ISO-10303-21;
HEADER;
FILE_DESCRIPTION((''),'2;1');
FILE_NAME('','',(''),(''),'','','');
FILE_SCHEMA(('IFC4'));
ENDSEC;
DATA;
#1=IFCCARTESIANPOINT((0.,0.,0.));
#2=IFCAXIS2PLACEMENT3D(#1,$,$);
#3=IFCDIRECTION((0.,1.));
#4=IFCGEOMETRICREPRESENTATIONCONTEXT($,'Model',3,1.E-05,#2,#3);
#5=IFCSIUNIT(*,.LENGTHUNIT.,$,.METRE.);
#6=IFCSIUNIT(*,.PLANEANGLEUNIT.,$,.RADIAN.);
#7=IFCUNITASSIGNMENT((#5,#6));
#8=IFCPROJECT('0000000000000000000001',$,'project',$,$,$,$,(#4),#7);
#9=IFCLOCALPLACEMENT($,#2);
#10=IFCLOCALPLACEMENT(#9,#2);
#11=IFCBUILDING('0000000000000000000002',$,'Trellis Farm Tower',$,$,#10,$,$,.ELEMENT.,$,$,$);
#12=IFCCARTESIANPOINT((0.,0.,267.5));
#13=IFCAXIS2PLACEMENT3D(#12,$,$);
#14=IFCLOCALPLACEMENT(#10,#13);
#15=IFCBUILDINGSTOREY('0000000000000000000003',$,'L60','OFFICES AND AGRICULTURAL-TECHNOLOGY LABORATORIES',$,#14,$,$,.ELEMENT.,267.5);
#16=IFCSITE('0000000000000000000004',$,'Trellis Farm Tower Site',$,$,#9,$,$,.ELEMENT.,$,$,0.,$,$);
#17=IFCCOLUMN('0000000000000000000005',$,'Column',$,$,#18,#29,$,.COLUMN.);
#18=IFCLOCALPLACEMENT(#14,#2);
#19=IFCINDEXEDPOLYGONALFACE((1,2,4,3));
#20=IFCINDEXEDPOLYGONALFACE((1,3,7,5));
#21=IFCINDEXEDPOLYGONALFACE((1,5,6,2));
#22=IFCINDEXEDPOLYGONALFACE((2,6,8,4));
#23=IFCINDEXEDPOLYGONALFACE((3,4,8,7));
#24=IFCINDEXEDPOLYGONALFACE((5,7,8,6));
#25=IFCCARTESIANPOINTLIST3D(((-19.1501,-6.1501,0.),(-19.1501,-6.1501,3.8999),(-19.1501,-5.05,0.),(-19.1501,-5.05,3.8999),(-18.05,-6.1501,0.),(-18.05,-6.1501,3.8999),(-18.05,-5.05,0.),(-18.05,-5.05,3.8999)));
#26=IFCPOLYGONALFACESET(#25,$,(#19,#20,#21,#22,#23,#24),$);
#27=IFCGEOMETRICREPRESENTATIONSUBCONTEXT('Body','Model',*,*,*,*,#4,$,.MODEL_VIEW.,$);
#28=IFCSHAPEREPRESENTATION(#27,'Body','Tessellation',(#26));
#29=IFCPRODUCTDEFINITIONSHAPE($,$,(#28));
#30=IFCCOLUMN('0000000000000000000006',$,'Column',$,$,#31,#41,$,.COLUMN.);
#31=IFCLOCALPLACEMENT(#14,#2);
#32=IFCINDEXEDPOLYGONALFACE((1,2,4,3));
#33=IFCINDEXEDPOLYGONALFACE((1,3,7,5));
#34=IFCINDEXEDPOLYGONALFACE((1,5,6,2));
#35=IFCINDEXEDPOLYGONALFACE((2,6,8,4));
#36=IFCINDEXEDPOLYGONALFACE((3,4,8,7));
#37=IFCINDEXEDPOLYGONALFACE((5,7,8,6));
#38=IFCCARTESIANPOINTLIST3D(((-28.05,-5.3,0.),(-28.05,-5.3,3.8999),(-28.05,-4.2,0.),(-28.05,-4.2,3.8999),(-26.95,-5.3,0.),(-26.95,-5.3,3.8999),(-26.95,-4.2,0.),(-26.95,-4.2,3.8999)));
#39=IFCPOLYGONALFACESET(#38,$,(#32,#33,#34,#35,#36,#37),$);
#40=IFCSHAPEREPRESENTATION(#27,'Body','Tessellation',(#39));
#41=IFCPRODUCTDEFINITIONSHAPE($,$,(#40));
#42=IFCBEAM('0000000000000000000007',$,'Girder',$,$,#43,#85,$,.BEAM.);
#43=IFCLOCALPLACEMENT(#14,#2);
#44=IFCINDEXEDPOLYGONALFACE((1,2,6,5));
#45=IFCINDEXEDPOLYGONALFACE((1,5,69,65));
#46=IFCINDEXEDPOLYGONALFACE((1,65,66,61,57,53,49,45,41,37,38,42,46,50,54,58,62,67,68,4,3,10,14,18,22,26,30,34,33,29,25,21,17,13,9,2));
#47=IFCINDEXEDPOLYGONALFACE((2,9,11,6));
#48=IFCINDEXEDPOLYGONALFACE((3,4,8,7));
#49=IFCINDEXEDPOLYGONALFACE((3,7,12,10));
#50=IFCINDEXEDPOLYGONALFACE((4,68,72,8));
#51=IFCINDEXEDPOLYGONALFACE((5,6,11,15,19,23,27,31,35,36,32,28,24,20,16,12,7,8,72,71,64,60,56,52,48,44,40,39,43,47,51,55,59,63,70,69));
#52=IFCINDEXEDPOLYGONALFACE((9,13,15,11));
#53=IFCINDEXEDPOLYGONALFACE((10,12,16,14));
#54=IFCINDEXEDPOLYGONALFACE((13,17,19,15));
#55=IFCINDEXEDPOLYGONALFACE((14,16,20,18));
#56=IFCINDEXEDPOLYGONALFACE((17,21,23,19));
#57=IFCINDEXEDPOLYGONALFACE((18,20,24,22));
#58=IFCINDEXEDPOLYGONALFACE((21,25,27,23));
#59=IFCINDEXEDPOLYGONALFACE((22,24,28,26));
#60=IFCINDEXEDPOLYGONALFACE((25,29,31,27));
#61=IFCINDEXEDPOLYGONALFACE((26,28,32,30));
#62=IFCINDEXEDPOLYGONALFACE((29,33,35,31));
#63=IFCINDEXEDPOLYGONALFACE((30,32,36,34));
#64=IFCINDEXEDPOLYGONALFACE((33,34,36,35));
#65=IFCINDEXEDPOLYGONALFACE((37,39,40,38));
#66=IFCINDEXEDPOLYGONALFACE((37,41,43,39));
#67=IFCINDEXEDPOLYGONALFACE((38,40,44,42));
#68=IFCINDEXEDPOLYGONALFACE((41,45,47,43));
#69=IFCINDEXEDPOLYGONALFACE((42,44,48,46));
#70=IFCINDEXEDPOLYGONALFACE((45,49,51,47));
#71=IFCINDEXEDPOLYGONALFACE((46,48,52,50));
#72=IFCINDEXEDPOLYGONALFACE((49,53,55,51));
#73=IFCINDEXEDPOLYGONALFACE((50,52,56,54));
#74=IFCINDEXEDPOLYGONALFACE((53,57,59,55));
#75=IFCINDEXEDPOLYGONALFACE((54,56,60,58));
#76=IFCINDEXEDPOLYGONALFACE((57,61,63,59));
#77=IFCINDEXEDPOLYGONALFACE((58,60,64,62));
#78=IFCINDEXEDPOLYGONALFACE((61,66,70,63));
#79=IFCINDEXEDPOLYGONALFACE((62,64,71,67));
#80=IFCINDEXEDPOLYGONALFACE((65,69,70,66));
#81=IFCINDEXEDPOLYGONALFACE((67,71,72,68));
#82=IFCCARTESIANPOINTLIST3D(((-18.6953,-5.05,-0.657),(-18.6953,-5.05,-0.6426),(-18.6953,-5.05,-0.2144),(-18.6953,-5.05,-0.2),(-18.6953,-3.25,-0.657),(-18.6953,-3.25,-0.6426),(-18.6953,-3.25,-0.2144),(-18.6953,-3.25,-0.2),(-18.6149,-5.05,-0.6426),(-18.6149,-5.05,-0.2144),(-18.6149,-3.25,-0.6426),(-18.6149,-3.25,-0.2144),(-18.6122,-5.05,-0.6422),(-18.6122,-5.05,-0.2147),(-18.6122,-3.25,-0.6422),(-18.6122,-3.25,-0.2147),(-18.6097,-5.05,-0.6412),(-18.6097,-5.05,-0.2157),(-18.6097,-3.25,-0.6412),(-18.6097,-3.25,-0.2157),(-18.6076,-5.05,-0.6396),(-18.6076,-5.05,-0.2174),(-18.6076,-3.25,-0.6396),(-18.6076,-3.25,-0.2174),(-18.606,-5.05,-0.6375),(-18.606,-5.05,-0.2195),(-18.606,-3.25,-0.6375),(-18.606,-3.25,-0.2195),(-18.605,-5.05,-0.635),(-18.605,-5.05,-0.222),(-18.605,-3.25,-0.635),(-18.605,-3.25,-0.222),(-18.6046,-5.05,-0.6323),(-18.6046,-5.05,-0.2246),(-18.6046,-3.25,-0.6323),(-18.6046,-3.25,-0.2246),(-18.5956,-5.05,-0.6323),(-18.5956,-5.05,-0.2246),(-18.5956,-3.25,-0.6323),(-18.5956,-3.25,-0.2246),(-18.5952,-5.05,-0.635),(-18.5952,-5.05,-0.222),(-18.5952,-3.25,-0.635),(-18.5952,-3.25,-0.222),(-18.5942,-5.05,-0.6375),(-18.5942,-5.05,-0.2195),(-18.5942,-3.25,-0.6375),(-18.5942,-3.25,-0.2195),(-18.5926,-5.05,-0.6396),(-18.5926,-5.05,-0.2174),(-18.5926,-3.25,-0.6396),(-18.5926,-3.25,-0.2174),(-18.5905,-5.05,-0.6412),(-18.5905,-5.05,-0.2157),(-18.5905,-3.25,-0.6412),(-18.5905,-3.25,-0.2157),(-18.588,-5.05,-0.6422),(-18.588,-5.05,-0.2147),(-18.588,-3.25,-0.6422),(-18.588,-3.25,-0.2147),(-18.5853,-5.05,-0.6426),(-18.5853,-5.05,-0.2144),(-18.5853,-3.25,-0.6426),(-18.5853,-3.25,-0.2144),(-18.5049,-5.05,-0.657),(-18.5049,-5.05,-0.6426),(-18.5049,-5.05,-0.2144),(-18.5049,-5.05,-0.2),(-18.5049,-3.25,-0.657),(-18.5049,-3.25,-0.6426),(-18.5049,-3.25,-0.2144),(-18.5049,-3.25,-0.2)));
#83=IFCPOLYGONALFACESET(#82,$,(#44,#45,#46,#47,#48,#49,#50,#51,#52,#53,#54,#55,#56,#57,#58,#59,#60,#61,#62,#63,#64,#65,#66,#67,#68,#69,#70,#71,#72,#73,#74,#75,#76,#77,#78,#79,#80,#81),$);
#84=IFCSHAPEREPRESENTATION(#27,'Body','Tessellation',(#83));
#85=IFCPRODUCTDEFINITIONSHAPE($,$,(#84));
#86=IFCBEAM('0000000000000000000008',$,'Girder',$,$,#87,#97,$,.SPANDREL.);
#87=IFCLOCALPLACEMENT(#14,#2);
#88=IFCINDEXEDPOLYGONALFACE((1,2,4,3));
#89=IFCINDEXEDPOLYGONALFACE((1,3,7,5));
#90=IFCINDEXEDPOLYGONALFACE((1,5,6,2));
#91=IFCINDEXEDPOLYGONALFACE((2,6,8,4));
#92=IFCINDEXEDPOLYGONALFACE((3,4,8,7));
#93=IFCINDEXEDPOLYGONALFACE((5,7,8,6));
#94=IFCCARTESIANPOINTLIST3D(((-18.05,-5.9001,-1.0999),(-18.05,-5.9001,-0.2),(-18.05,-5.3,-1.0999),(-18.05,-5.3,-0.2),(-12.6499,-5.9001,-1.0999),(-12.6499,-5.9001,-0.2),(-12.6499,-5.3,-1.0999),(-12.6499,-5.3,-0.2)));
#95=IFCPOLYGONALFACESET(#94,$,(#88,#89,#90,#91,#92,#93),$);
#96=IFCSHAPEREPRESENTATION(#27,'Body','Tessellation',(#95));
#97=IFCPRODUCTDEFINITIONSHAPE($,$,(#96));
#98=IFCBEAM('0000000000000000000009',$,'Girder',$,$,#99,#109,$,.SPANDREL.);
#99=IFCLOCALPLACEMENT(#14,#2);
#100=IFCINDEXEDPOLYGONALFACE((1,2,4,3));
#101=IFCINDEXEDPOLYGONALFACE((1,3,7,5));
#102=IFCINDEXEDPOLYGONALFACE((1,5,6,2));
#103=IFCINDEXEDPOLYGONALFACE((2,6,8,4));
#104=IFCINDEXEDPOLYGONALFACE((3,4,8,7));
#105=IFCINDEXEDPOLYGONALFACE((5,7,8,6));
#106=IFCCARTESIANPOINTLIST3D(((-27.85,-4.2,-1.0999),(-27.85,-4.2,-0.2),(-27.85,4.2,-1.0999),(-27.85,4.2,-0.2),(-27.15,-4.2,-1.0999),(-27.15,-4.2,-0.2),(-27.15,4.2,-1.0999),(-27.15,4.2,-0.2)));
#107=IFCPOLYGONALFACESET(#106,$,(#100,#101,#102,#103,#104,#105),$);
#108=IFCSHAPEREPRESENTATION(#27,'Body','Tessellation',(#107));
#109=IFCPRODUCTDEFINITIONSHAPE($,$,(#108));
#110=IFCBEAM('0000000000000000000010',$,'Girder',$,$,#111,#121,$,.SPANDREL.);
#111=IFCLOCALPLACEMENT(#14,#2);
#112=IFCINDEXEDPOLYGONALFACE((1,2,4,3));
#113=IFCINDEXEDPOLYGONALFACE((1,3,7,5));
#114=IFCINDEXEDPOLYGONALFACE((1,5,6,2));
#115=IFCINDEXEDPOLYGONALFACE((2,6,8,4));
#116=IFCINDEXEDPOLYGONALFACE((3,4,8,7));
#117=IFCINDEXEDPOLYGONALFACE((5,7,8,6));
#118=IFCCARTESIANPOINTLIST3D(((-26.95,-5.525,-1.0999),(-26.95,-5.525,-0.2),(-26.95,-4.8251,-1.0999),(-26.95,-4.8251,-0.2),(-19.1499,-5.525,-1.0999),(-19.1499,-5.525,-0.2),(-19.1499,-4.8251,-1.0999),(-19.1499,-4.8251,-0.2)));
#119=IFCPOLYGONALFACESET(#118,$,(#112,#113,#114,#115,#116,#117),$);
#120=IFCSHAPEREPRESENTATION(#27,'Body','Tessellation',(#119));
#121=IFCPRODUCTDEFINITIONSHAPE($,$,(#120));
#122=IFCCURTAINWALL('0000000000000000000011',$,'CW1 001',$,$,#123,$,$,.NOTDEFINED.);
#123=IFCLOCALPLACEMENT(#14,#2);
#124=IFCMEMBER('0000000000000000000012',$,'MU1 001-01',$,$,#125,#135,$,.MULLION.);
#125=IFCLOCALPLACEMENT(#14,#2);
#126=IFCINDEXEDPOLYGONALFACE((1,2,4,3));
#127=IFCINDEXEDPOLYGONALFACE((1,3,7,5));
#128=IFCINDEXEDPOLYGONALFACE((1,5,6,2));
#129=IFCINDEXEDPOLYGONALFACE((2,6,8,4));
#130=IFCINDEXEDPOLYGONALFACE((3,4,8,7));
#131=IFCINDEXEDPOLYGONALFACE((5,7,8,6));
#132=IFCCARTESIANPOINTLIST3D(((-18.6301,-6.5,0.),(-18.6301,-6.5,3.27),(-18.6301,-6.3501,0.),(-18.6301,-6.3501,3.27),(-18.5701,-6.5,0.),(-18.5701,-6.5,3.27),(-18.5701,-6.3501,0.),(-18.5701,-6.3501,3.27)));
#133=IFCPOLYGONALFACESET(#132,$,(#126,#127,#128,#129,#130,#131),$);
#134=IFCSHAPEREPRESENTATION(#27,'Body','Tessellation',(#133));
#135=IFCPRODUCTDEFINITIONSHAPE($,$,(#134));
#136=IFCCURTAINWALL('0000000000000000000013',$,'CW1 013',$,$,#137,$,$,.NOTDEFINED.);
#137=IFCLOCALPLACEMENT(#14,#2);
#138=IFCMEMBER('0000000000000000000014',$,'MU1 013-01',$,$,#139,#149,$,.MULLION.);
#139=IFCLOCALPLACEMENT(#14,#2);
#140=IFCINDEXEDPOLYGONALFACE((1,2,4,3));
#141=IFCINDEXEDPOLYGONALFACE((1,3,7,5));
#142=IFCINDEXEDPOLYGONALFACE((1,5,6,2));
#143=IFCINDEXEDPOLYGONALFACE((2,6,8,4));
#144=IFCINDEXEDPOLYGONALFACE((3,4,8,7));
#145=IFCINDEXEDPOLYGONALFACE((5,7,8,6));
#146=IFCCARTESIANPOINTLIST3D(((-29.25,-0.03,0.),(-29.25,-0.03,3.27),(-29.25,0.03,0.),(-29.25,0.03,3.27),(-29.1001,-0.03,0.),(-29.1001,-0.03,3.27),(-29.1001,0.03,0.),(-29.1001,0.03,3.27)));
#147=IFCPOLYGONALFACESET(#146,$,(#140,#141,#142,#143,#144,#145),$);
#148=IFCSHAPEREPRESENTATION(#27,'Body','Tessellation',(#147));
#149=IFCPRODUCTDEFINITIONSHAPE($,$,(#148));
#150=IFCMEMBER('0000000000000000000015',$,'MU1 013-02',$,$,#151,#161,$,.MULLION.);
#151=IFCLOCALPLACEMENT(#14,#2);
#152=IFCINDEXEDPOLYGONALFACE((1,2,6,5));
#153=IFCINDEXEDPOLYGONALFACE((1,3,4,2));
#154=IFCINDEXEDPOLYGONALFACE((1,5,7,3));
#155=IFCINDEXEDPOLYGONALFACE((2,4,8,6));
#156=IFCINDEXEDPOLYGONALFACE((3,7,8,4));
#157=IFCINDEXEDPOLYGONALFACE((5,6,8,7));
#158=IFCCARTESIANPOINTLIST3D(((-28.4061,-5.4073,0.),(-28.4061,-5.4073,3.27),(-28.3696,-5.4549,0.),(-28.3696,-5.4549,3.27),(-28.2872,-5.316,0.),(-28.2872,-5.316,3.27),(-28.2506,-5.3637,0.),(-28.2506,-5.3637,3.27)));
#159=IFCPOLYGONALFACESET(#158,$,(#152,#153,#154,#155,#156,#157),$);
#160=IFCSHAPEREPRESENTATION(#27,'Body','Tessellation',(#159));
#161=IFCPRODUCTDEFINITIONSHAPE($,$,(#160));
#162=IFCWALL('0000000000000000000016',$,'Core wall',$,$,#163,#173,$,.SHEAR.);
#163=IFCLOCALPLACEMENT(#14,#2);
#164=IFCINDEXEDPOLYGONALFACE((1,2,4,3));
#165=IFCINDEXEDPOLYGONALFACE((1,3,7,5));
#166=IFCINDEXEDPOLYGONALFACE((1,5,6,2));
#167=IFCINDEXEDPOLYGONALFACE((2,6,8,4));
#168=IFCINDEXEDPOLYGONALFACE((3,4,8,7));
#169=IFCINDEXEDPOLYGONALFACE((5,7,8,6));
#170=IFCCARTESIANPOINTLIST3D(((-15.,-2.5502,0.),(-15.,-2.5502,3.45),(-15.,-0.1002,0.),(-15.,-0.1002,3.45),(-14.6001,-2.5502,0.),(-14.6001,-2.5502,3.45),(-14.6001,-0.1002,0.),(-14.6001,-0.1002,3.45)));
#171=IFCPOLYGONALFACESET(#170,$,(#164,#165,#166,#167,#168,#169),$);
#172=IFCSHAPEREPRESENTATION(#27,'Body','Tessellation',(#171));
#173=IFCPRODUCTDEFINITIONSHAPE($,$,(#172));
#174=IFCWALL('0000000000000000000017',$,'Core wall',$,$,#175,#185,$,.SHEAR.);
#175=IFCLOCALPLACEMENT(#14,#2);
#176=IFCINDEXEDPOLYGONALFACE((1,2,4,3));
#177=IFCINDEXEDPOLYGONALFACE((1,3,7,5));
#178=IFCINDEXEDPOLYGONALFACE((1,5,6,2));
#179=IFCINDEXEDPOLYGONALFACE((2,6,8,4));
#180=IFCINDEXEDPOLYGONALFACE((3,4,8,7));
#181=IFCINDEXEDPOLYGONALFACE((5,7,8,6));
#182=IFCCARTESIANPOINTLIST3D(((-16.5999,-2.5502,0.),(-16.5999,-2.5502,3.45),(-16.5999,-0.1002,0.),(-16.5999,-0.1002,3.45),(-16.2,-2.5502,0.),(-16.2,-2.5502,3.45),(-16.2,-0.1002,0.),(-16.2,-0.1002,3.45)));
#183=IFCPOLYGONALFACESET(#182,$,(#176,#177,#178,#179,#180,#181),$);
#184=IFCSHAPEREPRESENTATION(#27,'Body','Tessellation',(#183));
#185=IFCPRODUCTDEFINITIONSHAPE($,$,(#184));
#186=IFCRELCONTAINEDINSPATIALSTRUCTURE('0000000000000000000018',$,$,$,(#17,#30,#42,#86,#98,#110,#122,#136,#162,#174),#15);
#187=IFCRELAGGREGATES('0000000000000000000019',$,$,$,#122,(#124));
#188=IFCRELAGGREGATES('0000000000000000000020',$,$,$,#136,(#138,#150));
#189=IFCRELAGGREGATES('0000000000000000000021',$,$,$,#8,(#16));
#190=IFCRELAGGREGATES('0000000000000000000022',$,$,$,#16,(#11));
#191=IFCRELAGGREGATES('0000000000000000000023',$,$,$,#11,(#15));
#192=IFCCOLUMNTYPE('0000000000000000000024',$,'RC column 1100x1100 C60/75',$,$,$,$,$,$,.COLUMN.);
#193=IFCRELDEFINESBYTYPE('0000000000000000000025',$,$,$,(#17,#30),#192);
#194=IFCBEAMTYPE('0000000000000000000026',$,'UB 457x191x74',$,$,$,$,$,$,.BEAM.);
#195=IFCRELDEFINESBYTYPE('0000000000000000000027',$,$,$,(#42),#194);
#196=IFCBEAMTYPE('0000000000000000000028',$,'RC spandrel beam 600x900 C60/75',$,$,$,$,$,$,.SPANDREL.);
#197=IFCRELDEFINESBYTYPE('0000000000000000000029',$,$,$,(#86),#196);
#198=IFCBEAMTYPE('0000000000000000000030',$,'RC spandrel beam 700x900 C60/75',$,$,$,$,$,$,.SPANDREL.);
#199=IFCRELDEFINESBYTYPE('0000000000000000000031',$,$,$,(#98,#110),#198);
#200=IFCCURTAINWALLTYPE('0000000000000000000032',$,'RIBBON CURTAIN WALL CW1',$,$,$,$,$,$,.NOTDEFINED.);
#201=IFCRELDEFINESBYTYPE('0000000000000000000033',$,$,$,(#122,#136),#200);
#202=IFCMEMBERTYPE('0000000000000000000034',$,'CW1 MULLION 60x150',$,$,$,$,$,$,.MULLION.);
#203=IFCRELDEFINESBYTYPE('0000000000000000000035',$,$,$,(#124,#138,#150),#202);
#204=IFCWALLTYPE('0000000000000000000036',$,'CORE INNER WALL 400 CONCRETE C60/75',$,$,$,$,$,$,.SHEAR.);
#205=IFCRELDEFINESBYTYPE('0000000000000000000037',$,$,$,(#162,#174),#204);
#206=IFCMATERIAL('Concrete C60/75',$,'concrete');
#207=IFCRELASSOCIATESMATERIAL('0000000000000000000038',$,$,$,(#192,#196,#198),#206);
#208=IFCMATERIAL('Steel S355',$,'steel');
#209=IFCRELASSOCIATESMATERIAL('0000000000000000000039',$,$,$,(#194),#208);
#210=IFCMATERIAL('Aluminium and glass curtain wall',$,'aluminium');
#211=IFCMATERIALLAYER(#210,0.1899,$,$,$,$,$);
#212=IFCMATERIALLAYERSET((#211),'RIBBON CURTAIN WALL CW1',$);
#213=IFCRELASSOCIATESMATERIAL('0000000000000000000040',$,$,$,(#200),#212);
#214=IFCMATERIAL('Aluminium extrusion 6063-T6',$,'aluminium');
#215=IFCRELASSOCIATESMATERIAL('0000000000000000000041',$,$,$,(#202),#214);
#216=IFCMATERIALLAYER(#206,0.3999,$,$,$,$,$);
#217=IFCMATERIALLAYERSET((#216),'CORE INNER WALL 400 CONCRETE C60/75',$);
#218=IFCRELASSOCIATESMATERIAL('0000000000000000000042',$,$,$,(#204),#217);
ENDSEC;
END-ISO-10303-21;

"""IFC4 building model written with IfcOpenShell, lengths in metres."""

from ifc_helpers import new_model, si_unit, direction, frame, frame_2d, origin, origin_2d, place, context, subcontext, project, spatial, rectangle, i_section, extrude, source, transform, mapped, material, layer, layer_set, material_profile, profile_set, type_object, element, aggregate, save


model = new_model("IFC4")

# Units and contexts
model_context = context("Model", 3, precision=1e-05, world=origin(), true_north=direction((0.0, 1.0)))
body_context = subcontext(model_context, "Body", "Model", "MODEL_VIEW")
ifc_project = project(units=[si_unit("LENGTHUNIT", "METRE"), si_unit("PLANEANGLEUNIT", "RADIAN")], contexts=[model_context])

# Site, building, storey
site_placement = place(None, origin())
site = spatial("IfcSite", under=ifc_project, at=site_placement, Name="Trellis Farm Tower Site", CompositionType="ELEMENT", RefElevation=0.0)
building_placement = place(site_placement, origin())
building = spatial("IfcBuilding", under=site, at=building_placement, Name="Trellis Farm Tower", CompositionType="ELEMENT")
storey_placement = place(building_placement, frame((0.0, 0.0, 267.5)))
storey = spatial("IfcBuildingStorey", under=building, at=storey_placement, Name="L60", Description="OFFICES AND AGRICULTURAL-TECHNOLOGY LABORATORIES", CompositionType="ELEMENT", Elevation=267.5)

# Columns
ifc_material_1 = material(Name="Concrete C60/75", Category="concrete")
ifc_material_profile_1 = material_profile(ifc_material_1, rectangle(XDim=1.1001, YDim=1.1001, at=origin_2d()), Name="RC column 1100x1100 C60/75")
ifc_profile_set_1 = profile_set([ifc_material_profile_1], Name="Concrete C60/75")
column_type = type_object("IfcColumnType", Name="RC column 1100x1100 C60/75", PredefinedType="COLUMN", material=ifc_profile_set_1)
shared_shape_1 = source(origin(), body_context, "Body", "SweptSolid", [
    extrude(rectangle(XDim=1.1001, YDim=1.1001, at=origin_2d()), origin(), (0.0, 0.0, 1.0), 3.8999),
])
for number, where, z_axis, x_axis, name in (
    (1, (-18.6001, -5.6001, 0.0), (0.0, 0.0, 1.0), (1.0, 0.0, 0.0), "Column"),
    (2, (-27.5, -4.75, 0.0), (0.0, 0.0, 1.0), (1.0, 0.0, 0.0), "Column"),
):
    element("IfcColumn", number, at=place(storey_placement, frame(where, z_axis=z_axis, x_axis=x_axis)), inside=storey, type_object=column_type, Name=name, PredefinedType="COLUMN", context=body_context, shape_type="MappedRepresentation", body=[
        mapped(shared_shape_1, transform((0.0, 0.0, 0.0))),
    ])

# Beams
ifc_material_2 = material(Name="Steel S355", Category="steel")
ifc_material_profile_2 = material_profile(ifc_material_2, i_section(OverallWidth=0.1904, OverallDepth=0.457, WebThickness=0.009, FlangeThickness=0.0144, FilletRadius=0.0103, at=origin_2d()), Name="UB 457x191x74")
ifc_profile_set_2 = profile_set([ifc_material_profile_2], Name="Steel S355")
beam_type_1 = type_object("IfcBeamType", Name="UB 457x191x74", PredefinedType="BEAM", material=ifc_profile_set_2)
shared_shape_2 = source(origin(), body_context, "Body", "SweptSolid", [
    extrude(i_section(OverallWidth=0.1904, OverallDepth=0.457, WebThickness=0.009, FlangeThickness=0.0144, FilletRadius=0.0103, at=origin_2d()), origin(), (0.0, 0.0, 1.0), 1.8),
])
beam_1_placement = place(storey_placement, frame((-18.6001, -5.05, -0.4285), z_axis=(0.0, 1.0, 0.0), x_axis=(-1.0, 0.0, 0.0)))
element("IfcBeam", 3, at=beam_1_placement, inside=storey, type_object=beam_type_1, Name="Girder", PredefinedType="BEAM", context=body_context, shape_type="MappedRepresentation", body=[
    mapped(shared_shape_2, transform((0.0, 0.0, 0.0))),
])
ifc_material_profile_3 = material_profile(ifc_material_1, rectangle(XDim=0.6001, YDim=0.8999, at=origin_2d()), Name="RC spandrel beam 600x900 C60/75")
ifc_profile_set_3 = profile_set([ifc_material_profile_3], Name="Concrete C60/75")
beam_type_2 = type_object("IfcBeamType", Name="RC spandrel beam 600x900 C60/75", PredefinedType="SPANDREL", material=ifc_profile_set_3)
shared_shape_3 = source(origin(), body_context, "Body", "SweptSolid", [
    extrude(rectangle(XDim=0.6001, YDim=0.8999, at=origin_2d()), origin(), (0.0, 0.0, 1.0), 5.4001),
])
beam_2_placement = place(storey_placement, frame((-18.05, -5.6001, -0.6499), z_axis=(1.0, 0.0, 0.0), x_axis=(0.0, 1.0, 0.0)))
element("IfcBeam", 4, at=beam_2_placement, inside=storey, type_object=beam_type_2, Name="Girder", PredefinedType="SPANDREL", context=body_context, shape_type="MappedRepresentation", body=[
    mapped(shared_shape_3, transform((0.0, 0.0, 0.0))),
])
ifc_material_profile_4 = material_profile(ifc_material_1, rectangle(XDim=0.7, YDim=0.8999, at=origin_2d()), Name="RC spandrel beam 700x900 C60/75")
ifc_profile_set_4 = profile_set([ifc_material_profile_4], Name="Concrete C60/75")
beam_type_3 = type_object("IfcBeamType", Name="RC spandrel beam 700x900 C60/75", PredefinedType="SPANDREL", material=ifc_profile_set_4)
shared_shape_4 = source(origin(), body_context, "Body", "SweptSolid", [
    extrude(rectangle(XDim=0.7, YDim=0.8999, at=origin_2d()), origin(), (0.0, 0.0, 1.0), 8.3999),
])
beam_3_placement = place(storey_placement, frame((-27.5, -4.2, -0.6499), z_axis=(0.0, 1.0, 0.0), x_axis=(-1.0, 0.0, 0.0)))
element("IfcBeam", 5, at=beam_3_placement, inside=storey, type_object=beam_type_3, Name="Girder", PredefinedType="SPANDREL", context=body_context, shape_type="MappedRepresentation", body=[
    mapped(shared_shape_4, transform((0.0, 0.0, 0.0))),
])
shared_shape_5 = source(origin(), body_context, "Body", "SweptSolid", [
    extrude(rectangle(XDim=0.7, YDim=0.8999, at=origin_2d()), origin(), (0.0, 0.0, 1.0), 7.8),
])
beam_4_placement = place(storey_placement, frame((-26.95, -5.175, -0.6499), z_axis=(1.0, 0.0, 0.0), x_axis=(0.0, 1.0, 0.0)))
element("IfcBeam", 6, at=beam_4_placement, inside=storey, type_object=beam_type_3, Name="Girder", PredefinedType="SPANDREL", context=body_context, shape_type="MappedRepresentation", body=[
    mapped(shared_shape_5, transform((0.0, 0.0, 0.0))),
])

# Curtain wall, member
ifc_material_3 = material(Name="Aluminium and glass curtain wall", Category="aluminium")
ifc_layer_1 = layer(ifc_material_3, 0.1899)
ifc_layer_set_1 = layer_set([ifc_layer_1], Name="RIBBON CURTAIN WALL CW1")
curtain_wall_type = type_object("IfcCurtainWallType", Name="RIBBON CURTAIN WALL CW1", PredefinedType="NOTDEFINED", material=ifc_layer_set_1)
placement = place(storey_placement, origin())
curtain_wall_1 = element("IfcCurtainWall", 7, at=placement, inside=storey, type_object=curtain_wall_type, Name="CW1 001", PredefinedType="NOTDEFINED")
ifc_material_4 = material(Name="Aluminium extrusion 6063-T6", Category="aluminium")
ifc_material_profile_5 = material_profile(ifc_material_4, rectangle(XDim=0.0601, YDim=0.1499, at=origin_2d()), Name="MULLION 60x150")
ifc_profile_set_5 = profile_set([ifc_material_profile_5], Name="Aluminium extrusion 6063-T6")
member_type = type_object("IfcMemberType", Name="CW1 MULLION 60x150", PredefinedType="MULLION", material=ifc_profile_set_5)
shared_shape_6 = source(origin(), body_context, "Body", "SweptSolid", [
    extrude(rectangle(XDim=0.0601, YDim=0.1499, at=origin_2d()), origin(), (0.0, 0.0, 1.0), 3.27),
])
member_1_placement = place(storey_placement, frame((-18.6001, -6.425, 0.0), z_axis=(0.0, 0.0, 1.0), x_axis=(1.0, 0.0, 0.0)))
member_1 = element("IfcMember", 8, at=member_1_placement, type_object=member_type, Name="MU1 001-01", PredefinedType="MULLION", context=body_context, shape_type="MappedRepresentation", body=[
    mapped(shared_shape_6, transform((0.0, 0.0, 0.0))),
])
aggregate(curtain_wall_1, [member_1])

# Curtain wall, members
curtain_wall_2 = element("IfcCurtainWall", 9, at=placement, inside=storey, type_object=curtain_wall_type, Name="CW1 013", PredefinedType="NOTDEFINED")
member_2_placement = place(storey_placement, frame((-29.175, 0.0, 0.0), z_axis=(0.0, 0.0, 1.0), x_axis=(0.0, -1.0, 0.0)))
member_2 = element("IfcMember", 10, at=member_2_placement, type_object=member_type, Name="MU1 013-01", PredefinedType="MULLION", context=body_context, shape_type="MappedRepresentation", body=[
    mapped(shared_shape_6, transform((0.0, 0.0, 0.0))),
])
member_3_placement = place(storey_placement, frame((-28.3284, -5.3855, 0.0), z_axis=(0.0, 0.0, 1.0), x_axis=(0.608761, -0.793353, 0.0)))
member_3 = element("IfcMember", 11, at=member_3_placement, type_object=member_type, Name="MU1 013-02", PredefinedType="MULLION", context=body_context, shape_type="MappedRepresentation", body=[
    mapped(shared_shape_6, transform((0.0, 0.0, 0.0))),
])
aggregate(curtain_wall_2, [member_2, member_3])

# Walls
ifc_layer_2 = layer(ifc_material_1, 0.3999)
ifc_layer_set_2 = layer_set([ifc_layer_2], Name="CORE INNER WALL 400 CONCRETE C60/75")
wall_type_1 = type_object("IfcWallType", Name="CORE INNER WALL 400 CONCRETE C60/75", PredefinedType="SHEAR", material=ifc_layer_set_2)
shared_shape_7 = source(origin(), body_context, "Body", "SweptSolid", [
    extrude(rectangle(XDim=2.45, YDim=0.3999, at=frame_2d((1.2251, 0.0))), origin(), (0.0, 0.0, 1.0), 3.45),
])
for number, where, z_axis, x_axis, name in (
    (12, (-14.8, -0.1001, 0.0), (0.0, 0.0, 1.0), (0.0, -1.0, 0.0), "Core wall"),
    (13, (-16.3999, -0.1001, 0.0), (0.0, 0.0, 1.0), (0.0, -1.0, 0.0), "Core wall"),
):
    element("IfcWall", number, at=place(storey_placement, frame(where, z_axis=z_axis, x_axis=x_axis)), inside=storey, type_object=wall_type_1, Name=name, PredefinedType="SHEAR", context=body_context, shape_type="MappedRepresentation", body=[
        mapped(shared_shape_7, transform((0.0, 0.0, 0.0))),
    ])

save(model, "model.ifc")
